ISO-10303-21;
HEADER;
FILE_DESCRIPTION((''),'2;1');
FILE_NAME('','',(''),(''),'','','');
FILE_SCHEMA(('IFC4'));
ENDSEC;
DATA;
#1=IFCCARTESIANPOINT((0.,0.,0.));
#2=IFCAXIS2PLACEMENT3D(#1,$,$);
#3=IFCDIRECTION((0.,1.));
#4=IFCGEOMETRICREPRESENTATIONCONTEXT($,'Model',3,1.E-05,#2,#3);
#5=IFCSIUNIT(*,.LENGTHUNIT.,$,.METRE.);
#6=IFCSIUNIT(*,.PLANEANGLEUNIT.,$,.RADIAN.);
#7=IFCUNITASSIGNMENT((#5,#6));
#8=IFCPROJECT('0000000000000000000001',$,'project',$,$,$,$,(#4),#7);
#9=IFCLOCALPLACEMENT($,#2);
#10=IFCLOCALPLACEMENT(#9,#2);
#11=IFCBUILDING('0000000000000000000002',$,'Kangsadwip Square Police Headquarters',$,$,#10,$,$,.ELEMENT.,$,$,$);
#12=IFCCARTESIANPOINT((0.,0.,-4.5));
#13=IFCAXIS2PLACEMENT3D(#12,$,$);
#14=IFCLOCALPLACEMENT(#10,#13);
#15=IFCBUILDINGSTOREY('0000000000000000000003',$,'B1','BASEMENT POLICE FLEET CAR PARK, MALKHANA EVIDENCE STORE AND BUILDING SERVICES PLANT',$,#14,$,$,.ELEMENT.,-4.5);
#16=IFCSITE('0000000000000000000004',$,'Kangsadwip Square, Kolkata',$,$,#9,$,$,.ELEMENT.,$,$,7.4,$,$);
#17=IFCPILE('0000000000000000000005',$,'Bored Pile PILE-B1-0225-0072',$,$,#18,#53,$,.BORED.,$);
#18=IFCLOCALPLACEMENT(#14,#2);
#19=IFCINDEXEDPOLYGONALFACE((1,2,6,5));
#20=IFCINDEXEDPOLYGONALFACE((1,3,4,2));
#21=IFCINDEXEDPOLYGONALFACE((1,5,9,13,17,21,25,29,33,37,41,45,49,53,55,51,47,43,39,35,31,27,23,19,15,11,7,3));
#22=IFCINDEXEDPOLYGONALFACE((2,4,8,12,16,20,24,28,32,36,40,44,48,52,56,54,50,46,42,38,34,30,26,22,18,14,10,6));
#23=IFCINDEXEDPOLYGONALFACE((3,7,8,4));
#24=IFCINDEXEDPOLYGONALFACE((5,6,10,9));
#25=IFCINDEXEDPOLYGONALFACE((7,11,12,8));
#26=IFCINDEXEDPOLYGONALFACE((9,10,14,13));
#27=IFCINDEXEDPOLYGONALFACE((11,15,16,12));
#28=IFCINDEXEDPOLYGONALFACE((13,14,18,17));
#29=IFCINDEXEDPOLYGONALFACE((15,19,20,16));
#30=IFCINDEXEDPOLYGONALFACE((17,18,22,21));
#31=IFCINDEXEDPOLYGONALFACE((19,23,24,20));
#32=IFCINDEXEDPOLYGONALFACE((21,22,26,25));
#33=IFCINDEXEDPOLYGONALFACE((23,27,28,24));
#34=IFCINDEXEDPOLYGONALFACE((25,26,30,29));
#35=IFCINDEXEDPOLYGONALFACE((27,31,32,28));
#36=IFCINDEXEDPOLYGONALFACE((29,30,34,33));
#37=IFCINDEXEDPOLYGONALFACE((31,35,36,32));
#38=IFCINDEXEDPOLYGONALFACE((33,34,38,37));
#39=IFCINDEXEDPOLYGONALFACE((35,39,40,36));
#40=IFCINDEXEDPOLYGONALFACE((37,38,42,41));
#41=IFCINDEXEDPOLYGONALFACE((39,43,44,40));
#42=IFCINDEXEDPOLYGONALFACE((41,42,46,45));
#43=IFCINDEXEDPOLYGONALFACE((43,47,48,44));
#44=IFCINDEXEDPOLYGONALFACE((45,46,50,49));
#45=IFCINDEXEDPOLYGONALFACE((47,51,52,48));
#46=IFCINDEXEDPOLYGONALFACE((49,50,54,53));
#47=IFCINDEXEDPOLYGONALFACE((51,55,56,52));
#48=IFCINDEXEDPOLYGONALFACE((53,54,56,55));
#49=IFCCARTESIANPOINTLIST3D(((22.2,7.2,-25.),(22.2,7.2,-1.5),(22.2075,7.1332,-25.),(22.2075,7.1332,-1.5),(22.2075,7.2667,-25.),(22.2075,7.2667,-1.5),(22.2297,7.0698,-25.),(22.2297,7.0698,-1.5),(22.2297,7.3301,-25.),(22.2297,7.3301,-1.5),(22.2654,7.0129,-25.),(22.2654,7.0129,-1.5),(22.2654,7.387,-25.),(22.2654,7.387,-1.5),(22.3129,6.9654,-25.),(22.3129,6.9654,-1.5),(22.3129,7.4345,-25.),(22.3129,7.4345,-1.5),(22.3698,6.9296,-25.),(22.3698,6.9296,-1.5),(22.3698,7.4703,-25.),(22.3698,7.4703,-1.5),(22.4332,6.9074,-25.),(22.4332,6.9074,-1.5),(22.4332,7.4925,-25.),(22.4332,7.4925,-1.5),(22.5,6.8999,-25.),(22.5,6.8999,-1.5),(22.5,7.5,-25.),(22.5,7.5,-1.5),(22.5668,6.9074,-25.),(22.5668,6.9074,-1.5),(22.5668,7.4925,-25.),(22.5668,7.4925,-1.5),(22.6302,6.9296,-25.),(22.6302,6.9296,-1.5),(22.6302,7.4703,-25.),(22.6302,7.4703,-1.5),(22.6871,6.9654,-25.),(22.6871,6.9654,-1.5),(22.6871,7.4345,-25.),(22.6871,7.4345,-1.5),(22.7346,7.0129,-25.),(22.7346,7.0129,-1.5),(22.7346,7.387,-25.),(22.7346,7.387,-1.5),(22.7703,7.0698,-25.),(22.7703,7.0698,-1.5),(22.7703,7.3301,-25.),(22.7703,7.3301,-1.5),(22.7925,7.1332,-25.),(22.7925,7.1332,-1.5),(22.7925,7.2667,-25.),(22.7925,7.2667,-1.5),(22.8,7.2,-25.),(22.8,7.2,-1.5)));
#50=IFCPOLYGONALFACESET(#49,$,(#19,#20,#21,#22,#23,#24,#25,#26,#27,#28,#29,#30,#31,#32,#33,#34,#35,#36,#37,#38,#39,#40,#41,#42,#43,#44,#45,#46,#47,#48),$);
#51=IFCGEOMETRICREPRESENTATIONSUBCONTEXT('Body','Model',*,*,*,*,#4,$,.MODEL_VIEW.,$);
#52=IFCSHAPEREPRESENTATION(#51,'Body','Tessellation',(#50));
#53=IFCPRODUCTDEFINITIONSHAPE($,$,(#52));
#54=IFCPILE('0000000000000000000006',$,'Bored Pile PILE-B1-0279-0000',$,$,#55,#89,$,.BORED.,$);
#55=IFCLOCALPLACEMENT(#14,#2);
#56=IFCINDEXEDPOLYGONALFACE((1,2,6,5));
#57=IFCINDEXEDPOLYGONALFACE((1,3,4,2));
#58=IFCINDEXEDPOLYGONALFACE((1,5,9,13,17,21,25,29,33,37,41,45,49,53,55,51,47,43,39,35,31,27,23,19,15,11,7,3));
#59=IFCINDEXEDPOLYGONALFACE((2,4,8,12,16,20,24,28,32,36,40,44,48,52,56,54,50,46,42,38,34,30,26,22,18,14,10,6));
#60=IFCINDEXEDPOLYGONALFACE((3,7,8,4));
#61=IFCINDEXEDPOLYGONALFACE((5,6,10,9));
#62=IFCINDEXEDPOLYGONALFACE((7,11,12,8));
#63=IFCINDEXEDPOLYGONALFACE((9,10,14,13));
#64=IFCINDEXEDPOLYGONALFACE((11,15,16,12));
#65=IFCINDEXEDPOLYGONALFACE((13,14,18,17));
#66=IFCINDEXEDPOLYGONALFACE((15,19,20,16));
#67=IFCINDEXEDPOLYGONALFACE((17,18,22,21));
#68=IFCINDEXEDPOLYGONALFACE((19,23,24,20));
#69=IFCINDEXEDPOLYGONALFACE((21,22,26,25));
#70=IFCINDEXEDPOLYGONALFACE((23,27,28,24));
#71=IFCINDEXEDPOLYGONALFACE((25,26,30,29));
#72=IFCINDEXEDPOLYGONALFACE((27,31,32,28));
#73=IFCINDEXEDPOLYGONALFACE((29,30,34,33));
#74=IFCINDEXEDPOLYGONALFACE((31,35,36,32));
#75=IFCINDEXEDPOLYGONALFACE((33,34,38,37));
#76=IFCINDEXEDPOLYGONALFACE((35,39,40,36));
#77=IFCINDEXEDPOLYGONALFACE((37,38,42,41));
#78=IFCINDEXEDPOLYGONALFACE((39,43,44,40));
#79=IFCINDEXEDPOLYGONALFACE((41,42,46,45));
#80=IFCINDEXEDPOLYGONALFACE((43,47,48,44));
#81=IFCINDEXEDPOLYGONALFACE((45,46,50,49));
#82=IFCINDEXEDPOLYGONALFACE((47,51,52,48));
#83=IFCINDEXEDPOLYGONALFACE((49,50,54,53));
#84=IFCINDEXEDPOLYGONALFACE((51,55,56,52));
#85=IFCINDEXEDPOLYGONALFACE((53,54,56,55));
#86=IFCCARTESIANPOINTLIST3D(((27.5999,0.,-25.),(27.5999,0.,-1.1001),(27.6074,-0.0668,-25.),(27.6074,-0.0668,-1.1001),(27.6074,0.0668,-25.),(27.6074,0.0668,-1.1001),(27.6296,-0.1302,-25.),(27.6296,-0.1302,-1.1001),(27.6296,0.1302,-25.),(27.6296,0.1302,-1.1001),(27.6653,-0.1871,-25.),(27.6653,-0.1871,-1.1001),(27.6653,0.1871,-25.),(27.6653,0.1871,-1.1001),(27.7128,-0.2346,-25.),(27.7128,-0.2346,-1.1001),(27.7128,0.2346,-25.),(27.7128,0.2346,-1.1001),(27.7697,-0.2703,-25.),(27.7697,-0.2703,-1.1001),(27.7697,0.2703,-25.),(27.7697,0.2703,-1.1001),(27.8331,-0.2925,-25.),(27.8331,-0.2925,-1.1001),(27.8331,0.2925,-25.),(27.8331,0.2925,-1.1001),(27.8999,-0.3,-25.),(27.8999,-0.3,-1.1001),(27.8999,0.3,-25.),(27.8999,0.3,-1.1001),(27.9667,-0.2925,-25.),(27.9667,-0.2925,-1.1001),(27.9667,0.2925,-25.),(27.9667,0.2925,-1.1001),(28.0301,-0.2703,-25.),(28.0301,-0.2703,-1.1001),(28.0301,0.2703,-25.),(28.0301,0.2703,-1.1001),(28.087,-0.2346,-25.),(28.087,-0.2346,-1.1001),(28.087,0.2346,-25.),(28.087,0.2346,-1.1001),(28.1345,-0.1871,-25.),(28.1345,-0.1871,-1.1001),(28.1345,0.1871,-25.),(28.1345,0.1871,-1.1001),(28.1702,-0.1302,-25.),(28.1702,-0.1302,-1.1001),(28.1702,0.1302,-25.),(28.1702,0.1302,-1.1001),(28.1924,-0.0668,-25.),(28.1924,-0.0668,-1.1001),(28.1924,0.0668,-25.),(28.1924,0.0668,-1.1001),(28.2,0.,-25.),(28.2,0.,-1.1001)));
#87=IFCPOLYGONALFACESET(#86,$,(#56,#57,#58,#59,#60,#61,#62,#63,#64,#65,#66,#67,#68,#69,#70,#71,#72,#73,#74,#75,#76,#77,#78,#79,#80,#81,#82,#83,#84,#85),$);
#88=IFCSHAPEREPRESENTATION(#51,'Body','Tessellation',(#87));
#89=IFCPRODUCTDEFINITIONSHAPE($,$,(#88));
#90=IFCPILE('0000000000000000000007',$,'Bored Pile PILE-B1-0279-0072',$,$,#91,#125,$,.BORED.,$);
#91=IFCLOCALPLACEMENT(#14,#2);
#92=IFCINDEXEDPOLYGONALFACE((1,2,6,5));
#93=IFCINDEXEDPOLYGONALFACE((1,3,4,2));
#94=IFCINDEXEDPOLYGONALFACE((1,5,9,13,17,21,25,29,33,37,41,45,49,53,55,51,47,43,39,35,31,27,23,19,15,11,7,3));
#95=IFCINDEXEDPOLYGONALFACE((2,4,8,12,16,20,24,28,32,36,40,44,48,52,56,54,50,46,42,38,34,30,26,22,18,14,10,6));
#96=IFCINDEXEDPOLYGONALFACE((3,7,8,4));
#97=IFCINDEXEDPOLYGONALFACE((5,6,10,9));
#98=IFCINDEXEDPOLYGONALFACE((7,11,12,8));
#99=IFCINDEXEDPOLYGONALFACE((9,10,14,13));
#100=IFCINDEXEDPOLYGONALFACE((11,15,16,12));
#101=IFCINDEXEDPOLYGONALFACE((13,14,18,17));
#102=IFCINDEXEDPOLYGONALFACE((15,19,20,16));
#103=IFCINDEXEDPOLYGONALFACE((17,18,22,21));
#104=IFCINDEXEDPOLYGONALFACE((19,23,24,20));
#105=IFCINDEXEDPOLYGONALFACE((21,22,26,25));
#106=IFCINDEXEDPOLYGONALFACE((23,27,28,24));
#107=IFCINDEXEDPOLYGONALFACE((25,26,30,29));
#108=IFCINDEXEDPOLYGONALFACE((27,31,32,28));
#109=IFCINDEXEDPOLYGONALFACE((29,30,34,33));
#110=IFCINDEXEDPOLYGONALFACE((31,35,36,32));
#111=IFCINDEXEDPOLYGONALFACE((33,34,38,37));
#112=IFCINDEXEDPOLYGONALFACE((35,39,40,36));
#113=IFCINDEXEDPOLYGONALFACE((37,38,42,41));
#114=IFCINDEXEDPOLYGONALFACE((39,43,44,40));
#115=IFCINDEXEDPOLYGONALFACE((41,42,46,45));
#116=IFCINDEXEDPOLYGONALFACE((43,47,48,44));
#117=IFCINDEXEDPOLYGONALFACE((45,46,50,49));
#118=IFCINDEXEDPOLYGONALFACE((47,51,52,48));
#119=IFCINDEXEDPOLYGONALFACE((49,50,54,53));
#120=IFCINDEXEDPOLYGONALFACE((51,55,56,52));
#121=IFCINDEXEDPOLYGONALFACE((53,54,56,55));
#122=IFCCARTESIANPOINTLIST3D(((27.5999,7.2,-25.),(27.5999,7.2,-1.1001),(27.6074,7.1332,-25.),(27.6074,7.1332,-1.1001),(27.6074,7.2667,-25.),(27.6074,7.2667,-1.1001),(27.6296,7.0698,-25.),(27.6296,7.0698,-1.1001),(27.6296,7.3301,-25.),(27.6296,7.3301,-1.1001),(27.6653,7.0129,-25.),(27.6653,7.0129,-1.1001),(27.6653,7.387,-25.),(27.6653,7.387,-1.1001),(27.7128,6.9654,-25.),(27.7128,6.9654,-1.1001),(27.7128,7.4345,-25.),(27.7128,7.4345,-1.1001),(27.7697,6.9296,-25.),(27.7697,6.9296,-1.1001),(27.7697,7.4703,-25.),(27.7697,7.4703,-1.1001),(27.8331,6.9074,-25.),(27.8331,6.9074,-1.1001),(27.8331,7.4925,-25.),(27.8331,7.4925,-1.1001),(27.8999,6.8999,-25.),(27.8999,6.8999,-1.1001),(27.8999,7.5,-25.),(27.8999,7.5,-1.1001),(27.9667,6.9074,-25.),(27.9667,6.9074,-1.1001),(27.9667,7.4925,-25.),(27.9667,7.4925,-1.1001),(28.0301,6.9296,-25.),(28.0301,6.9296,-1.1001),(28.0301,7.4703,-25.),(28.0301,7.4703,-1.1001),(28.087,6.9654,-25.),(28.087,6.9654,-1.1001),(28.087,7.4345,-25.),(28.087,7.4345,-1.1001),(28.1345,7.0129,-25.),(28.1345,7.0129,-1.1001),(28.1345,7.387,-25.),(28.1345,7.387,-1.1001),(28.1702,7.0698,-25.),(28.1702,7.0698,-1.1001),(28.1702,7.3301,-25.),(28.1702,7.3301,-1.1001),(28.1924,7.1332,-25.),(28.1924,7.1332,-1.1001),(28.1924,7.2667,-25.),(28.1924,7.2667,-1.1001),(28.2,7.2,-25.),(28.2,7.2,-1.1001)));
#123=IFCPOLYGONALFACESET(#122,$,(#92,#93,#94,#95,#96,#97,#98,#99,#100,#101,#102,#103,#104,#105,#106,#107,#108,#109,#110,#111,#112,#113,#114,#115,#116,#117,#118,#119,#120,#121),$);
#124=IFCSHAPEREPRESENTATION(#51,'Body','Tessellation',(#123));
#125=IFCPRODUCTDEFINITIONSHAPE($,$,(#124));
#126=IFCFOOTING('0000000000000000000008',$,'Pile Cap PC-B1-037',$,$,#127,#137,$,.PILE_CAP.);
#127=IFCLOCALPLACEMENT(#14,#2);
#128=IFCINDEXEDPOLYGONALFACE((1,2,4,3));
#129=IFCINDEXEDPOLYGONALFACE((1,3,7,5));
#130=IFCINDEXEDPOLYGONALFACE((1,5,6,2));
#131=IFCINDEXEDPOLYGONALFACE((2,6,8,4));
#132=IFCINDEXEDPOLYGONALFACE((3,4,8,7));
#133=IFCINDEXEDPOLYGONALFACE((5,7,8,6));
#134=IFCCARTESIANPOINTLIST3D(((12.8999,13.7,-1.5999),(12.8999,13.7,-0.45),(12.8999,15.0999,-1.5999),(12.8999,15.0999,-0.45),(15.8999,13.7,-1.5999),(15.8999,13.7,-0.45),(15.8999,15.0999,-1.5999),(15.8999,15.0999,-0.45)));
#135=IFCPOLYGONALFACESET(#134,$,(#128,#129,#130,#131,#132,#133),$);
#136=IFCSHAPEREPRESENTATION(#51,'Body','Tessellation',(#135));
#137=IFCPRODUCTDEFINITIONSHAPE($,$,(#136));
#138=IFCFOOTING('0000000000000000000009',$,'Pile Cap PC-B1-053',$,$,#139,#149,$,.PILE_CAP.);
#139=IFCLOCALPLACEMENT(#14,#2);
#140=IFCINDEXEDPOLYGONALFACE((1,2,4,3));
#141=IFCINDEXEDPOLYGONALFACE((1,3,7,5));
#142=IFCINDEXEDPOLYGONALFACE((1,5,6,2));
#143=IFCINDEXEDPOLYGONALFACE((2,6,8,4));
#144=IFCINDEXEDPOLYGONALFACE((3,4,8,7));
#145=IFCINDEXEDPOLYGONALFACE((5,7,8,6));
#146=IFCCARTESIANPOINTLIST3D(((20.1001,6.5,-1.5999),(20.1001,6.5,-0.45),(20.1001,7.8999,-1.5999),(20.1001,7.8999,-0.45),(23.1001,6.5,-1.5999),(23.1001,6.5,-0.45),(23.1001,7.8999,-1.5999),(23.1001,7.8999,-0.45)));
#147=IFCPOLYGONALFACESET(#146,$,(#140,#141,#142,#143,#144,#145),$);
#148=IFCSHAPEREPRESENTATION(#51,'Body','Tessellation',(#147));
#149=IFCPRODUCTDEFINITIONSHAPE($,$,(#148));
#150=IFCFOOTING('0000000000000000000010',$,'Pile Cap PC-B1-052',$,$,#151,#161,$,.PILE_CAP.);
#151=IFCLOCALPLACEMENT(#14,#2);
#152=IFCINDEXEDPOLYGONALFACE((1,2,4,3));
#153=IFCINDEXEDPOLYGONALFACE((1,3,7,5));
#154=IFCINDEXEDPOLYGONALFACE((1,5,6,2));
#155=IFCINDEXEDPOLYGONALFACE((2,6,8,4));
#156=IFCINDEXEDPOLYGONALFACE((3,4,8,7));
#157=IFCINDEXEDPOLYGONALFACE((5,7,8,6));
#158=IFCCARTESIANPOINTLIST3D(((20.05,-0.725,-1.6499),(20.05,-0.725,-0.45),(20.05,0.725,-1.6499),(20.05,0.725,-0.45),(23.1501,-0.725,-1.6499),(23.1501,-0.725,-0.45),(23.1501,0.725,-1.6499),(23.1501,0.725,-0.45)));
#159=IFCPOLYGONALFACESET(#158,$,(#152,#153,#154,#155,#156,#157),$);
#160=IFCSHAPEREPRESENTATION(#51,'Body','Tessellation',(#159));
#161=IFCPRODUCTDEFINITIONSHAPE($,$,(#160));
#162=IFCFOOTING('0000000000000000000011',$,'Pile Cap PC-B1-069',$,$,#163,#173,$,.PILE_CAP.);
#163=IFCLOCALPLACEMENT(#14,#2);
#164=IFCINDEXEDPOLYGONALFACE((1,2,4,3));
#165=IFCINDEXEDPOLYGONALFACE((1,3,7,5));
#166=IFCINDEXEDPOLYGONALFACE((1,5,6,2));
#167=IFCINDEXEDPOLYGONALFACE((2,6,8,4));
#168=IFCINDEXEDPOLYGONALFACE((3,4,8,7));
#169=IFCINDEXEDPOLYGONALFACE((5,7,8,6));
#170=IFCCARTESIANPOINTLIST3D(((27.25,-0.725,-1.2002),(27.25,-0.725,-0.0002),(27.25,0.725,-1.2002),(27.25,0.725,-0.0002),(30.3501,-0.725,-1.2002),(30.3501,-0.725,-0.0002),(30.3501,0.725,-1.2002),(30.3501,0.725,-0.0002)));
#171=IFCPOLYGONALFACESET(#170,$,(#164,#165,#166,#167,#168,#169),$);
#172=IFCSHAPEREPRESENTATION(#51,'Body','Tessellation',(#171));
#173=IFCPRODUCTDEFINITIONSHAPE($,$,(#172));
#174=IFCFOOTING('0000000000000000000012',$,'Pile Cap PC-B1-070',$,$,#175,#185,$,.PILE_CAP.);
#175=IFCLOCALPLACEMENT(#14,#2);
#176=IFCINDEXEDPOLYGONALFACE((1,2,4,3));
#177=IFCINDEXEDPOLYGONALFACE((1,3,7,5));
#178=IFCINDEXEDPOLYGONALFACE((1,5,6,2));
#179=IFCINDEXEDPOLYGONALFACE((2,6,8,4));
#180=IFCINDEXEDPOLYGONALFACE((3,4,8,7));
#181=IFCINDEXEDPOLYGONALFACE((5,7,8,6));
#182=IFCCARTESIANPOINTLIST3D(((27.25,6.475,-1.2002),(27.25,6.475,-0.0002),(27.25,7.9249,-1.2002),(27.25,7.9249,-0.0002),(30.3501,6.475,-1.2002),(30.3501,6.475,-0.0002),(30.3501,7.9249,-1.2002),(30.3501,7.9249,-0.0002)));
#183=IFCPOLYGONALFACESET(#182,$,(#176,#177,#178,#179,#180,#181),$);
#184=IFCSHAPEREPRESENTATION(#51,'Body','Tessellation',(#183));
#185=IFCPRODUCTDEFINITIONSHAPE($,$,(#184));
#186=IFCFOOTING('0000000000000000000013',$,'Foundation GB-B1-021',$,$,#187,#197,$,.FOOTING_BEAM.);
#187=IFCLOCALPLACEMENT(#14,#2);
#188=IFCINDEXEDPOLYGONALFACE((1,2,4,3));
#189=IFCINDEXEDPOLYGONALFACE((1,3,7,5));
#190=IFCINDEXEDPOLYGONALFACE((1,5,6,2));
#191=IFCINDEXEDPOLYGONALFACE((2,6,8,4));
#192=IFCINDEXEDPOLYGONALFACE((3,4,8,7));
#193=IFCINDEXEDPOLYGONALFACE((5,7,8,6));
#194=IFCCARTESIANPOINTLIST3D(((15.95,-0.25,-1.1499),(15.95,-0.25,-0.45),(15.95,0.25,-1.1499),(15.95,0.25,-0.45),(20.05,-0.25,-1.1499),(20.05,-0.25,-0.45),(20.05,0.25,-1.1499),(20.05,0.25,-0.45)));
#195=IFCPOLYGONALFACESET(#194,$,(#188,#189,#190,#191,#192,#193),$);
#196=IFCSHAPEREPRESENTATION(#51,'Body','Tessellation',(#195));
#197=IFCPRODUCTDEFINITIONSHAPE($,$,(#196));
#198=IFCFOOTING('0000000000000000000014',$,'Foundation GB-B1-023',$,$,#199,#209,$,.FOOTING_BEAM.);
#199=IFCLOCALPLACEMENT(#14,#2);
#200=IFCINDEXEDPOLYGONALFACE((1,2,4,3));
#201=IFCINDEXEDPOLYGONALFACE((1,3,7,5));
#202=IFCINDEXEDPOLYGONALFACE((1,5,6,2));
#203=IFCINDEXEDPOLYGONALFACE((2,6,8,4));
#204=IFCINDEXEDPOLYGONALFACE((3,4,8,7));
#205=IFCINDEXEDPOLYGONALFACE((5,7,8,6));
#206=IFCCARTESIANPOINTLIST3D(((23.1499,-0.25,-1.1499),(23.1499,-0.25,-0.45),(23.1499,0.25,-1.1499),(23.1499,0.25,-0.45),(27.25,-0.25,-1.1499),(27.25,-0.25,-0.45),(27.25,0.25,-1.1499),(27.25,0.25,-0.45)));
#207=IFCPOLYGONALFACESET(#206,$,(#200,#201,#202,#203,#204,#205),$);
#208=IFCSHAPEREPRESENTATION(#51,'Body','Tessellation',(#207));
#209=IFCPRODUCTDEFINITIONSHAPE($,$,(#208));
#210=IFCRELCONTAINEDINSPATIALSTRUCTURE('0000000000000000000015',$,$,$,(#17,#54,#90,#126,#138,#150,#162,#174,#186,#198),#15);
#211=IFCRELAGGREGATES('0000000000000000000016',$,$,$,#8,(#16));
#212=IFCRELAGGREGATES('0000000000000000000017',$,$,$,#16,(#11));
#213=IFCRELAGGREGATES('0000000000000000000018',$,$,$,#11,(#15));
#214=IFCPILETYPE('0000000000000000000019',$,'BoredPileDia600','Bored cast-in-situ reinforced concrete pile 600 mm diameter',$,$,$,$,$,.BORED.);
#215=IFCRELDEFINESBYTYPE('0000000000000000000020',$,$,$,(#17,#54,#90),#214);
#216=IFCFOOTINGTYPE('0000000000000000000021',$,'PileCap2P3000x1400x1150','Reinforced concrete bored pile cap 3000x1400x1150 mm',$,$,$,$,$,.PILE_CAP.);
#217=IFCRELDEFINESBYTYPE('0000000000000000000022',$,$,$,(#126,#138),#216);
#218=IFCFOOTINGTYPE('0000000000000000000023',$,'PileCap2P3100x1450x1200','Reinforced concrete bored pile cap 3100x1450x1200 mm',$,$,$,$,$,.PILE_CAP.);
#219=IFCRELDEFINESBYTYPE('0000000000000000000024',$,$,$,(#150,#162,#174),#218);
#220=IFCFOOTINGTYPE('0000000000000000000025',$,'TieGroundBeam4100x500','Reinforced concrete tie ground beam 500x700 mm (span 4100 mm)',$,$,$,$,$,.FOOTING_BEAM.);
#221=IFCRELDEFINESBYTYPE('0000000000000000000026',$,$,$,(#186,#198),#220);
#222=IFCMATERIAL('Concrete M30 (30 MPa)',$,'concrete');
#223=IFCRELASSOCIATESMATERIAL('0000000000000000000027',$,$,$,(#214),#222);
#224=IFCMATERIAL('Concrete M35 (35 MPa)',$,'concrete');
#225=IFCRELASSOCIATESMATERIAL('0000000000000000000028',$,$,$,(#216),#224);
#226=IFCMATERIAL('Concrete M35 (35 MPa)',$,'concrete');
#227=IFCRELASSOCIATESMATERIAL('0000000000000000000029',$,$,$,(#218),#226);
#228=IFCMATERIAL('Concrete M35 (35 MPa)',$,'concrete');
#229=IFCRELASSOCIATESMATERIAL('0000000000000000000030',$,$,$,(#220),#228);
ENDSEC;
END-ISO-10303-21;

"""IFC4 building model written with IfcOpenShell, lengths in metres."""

from ifc_helpers import new_model, si_unit, direction, frame, origin, origin_2d, place, context, subcontext, project, spatial, rectangle, circle, extrude, material, material_profile, profile_set, type_object, element, save


model = new_model("IFC4")

# Units and contexts
model_context = context("Model", 3, precision=1e-05, world=origin(), true_north=direction((0.0, 1.0)))
body_context = subcontext(model_context, "Body", "Model", "MODEL_VIEW")
ifc_project = project(units=[si_unit("LENGTHUNIT", "METRE"), si_unit("PLANEANGLEUNIT", "RADIAN")], contexts=[model_context])

# Site, building, storey
site_placement = place(None, origin())
site = spatial("IfcSite", under=ifc_project, at=site_placement, Name="Kangsadwip Square, Kolkata", CompositionType="ELEMENT", RefElevation=7.4)
building_placement = place(site_placement, origin())
building = spatial("IfcBuilding", under=site, at=building_placement, Name="Kangsadwip Square Police Headquarters", CompositionType="ELEMENT")
storey_placement = place(building_placement, frame((0.0, 0.0, -4.5)))
storey = spatial("IfcBuildingStorey", under=building, at=storey_placement, Name="B1", Description="BASEMENT POLICE FLEET CAR PARK, MALKHANA EVIDENCE STORE AND BUILDING SERVICES PLANT", CompositionType="ELEMENT", Elevation=-4.5)

# Piles
ifc_material_1 = material(Name="Concrete M30 (30 MPa)", Category="concrete")
ifc_material_profile_1 = material_profile(ifc_material_1, circle(Radius=0.3, at=origin_2d()), Name="PILE DIA 600")
ifc_profile_set_1 = profile_set([ifc_material_profile_1], Name="Concrete M30 (30 MPa)")
pile_type = type_object("IfcPileType", Name="BoredPileDia600", Description="Bored cast-in-situ reinforced concrete pile 600 mm diameter", PredefinedType="BORED", material=ifc_profile_set_1)
for number, where, z_axis, x_axis, name in (
    (1, (22.5, 7.2, -1.5), (0.0, 0.0, -1.0), (1.0, 0.0, 0.0), "Bored Pile PILE-B1-0225-0072"),
):
    element("IfcPile", number, at=place(storey_placement, frame(where, z_axis=z_axis, x_axis=x_axis)), inside=storey, type_object=pile_type, Name=name, PredefinedType="BORED", context=body_context, shape_type="SweptSolid", body=[
        extrude(circle(Radius=0.3, at=origin_2d()), origin(), (0.0, 0.0, 1.0), 23.5),
    ])
for number, where, z_axis, x_axis, name in (
    (2, (27.8999, 0.0, -1.1001), (0.0, 0.0, -1.0), (1.0, 0.0, 0.0), "Bored Pile PILE-B1-0279-0000"),
    (3, (27.8999, 7.2, -1.1001), (0.0, 0.0, -1.0), (1.0, 0.0, 0.0), "Bored Pile PILE-B1-0279-0072"),
):
    element("IfcPile", number, at=place(storey_placement, frame(where, z_axis=z_axis, x_axis=x_axis)), inside=storey, type_object=pile_type, Name=name, PredefinedType="BORED", context=body_context, shape_type="SweptSolid", body=[
        extrude(circle(Radius=0.3, at=origin_2d()), origin(), (0.0, 0.0, 1.0), 23.8999),
    ])

# Footings
ifc_material_2 = material(Name="Concrete M35 (35 MPa)", Category="concrete")
footing_type_1 = type_object("IfcFootingType", Name="PileCap2P3000x1400x1150", Description="Reinforced concrete bored pile cap 3000x1400x1150 mm", PredefinedType="PILE_CAP", material=ifc_material_2)
for number, where, z_axis, x_axis, name in (
    (4, (14.3999, 14.3999, -1.5999), (0.0, 0.0, 1.0), (1.0, 0.0, 0.0), "Pile Cap PC-B1-037"),
    (5, (21.6001, 7.2, -1.5999), (0.0, 0.0, 1.0), (1.0, 0.0, 0.0), "Pile Cap PC-B1-053"),
):
    element("IfcFooting", number, at=place(storey_placement, frame(where, z_axis=z_axis, x_axis=x_axis)), inside=storey, type_object=footing_type_1, Name=name, PredefinedType="PILE_CAP", context=body_context, shape_type="SweptSolid", body=[
        extrude(rectangle(XDim=3.0, YDim=1.3999, at=origin_2d()), origin(), (0.0, 0.0, 1.0), 1.1499),
    ])
ifc_material_3 = material(Name="Concrete M35 (35 MPa)", Category="concrete")
footing_type_2 = type_object("IfcFootingType", Name="PileCap2P3100x1450x1200", Description="Reinforced concrete bored pile cap 3100x1450x1200 mm", PredefinedType="PILE_CAP", material=ifc_material_3)
for number, where, z_axis, x_axis, name in (
    (6, (21.6001, 0.0, -1.6499), (0.0, 0.0, 1.0), (1.0, 0.0, 0.0), "Pile Cap PC-B1-052"),
    (7, (28.8, 0.0, -1.2002), (0.0, 0.0, 1.0), (1.0, 0.0, 0.0), "Pile Cap PC-B1-069"),
    (8, (28.8, 7.2, -1.2002), (0.0, 0.0, 1.0), (1.0, 0.0, 0.0), "Pile Cap PC-B1-070"),
):
    element("IfcFooting", number, at=place(storey_placement, frame(where, z_axis=z_axis, x_axis=x_axis)), inside=storey, type_object=footing_type_2, Name=name, PredefinedType="PILE_CAP", context=body_context, shape_type="SweptSolid", body=[
        extrude(rectangle(XDim=3.1001, YDim=1.45, at=origin_2d()), origin(), (0.0, 0.0, 1.0), 1.2),
    ])
ifc_material_4 = material(Name="Concrete M35 (35 MPa)", Category="concrete")
footing_type_3 = type_object("IfcFootingType", Name="TieGroundBeam4100x500", Description="Reinforced concrete tie ground beam 500x700 mm (span 4100 mm)", PredefinedType="FOOTING_BEAM", material=ifc_material_4)
for number, where, z_axis, x_axis, name in (
    (9, (18.0, 0.0, -1.1499), (0.0, 0.0, 1.0), (1.0, 0.0, 0.0), "Foundation GB-B1-021"),
    (10, (25.2, 0.0, -1.1499), (0.0, 0.0, 1.0), (1.0, 0.0, 0.0), "Foundation GB-B1-023"),
):
    element("IfcFooting", number, at=place(storey_placement, frame(where, z_axis=z_axis, x_axis=x_axis)), inside=storey, type_object=footing_type_3, Name=name, PredefinedType="FOOTING_BEAM", context=body_context, shape_type="SweptSolid", body=[
        extrude(rectangle(XDim=4.1001, YDim=0.5, at=origin_2d()), origin(), (0.0, 0.0, 1.0), 0.7),
    ])

save(model, "model.ifc")
